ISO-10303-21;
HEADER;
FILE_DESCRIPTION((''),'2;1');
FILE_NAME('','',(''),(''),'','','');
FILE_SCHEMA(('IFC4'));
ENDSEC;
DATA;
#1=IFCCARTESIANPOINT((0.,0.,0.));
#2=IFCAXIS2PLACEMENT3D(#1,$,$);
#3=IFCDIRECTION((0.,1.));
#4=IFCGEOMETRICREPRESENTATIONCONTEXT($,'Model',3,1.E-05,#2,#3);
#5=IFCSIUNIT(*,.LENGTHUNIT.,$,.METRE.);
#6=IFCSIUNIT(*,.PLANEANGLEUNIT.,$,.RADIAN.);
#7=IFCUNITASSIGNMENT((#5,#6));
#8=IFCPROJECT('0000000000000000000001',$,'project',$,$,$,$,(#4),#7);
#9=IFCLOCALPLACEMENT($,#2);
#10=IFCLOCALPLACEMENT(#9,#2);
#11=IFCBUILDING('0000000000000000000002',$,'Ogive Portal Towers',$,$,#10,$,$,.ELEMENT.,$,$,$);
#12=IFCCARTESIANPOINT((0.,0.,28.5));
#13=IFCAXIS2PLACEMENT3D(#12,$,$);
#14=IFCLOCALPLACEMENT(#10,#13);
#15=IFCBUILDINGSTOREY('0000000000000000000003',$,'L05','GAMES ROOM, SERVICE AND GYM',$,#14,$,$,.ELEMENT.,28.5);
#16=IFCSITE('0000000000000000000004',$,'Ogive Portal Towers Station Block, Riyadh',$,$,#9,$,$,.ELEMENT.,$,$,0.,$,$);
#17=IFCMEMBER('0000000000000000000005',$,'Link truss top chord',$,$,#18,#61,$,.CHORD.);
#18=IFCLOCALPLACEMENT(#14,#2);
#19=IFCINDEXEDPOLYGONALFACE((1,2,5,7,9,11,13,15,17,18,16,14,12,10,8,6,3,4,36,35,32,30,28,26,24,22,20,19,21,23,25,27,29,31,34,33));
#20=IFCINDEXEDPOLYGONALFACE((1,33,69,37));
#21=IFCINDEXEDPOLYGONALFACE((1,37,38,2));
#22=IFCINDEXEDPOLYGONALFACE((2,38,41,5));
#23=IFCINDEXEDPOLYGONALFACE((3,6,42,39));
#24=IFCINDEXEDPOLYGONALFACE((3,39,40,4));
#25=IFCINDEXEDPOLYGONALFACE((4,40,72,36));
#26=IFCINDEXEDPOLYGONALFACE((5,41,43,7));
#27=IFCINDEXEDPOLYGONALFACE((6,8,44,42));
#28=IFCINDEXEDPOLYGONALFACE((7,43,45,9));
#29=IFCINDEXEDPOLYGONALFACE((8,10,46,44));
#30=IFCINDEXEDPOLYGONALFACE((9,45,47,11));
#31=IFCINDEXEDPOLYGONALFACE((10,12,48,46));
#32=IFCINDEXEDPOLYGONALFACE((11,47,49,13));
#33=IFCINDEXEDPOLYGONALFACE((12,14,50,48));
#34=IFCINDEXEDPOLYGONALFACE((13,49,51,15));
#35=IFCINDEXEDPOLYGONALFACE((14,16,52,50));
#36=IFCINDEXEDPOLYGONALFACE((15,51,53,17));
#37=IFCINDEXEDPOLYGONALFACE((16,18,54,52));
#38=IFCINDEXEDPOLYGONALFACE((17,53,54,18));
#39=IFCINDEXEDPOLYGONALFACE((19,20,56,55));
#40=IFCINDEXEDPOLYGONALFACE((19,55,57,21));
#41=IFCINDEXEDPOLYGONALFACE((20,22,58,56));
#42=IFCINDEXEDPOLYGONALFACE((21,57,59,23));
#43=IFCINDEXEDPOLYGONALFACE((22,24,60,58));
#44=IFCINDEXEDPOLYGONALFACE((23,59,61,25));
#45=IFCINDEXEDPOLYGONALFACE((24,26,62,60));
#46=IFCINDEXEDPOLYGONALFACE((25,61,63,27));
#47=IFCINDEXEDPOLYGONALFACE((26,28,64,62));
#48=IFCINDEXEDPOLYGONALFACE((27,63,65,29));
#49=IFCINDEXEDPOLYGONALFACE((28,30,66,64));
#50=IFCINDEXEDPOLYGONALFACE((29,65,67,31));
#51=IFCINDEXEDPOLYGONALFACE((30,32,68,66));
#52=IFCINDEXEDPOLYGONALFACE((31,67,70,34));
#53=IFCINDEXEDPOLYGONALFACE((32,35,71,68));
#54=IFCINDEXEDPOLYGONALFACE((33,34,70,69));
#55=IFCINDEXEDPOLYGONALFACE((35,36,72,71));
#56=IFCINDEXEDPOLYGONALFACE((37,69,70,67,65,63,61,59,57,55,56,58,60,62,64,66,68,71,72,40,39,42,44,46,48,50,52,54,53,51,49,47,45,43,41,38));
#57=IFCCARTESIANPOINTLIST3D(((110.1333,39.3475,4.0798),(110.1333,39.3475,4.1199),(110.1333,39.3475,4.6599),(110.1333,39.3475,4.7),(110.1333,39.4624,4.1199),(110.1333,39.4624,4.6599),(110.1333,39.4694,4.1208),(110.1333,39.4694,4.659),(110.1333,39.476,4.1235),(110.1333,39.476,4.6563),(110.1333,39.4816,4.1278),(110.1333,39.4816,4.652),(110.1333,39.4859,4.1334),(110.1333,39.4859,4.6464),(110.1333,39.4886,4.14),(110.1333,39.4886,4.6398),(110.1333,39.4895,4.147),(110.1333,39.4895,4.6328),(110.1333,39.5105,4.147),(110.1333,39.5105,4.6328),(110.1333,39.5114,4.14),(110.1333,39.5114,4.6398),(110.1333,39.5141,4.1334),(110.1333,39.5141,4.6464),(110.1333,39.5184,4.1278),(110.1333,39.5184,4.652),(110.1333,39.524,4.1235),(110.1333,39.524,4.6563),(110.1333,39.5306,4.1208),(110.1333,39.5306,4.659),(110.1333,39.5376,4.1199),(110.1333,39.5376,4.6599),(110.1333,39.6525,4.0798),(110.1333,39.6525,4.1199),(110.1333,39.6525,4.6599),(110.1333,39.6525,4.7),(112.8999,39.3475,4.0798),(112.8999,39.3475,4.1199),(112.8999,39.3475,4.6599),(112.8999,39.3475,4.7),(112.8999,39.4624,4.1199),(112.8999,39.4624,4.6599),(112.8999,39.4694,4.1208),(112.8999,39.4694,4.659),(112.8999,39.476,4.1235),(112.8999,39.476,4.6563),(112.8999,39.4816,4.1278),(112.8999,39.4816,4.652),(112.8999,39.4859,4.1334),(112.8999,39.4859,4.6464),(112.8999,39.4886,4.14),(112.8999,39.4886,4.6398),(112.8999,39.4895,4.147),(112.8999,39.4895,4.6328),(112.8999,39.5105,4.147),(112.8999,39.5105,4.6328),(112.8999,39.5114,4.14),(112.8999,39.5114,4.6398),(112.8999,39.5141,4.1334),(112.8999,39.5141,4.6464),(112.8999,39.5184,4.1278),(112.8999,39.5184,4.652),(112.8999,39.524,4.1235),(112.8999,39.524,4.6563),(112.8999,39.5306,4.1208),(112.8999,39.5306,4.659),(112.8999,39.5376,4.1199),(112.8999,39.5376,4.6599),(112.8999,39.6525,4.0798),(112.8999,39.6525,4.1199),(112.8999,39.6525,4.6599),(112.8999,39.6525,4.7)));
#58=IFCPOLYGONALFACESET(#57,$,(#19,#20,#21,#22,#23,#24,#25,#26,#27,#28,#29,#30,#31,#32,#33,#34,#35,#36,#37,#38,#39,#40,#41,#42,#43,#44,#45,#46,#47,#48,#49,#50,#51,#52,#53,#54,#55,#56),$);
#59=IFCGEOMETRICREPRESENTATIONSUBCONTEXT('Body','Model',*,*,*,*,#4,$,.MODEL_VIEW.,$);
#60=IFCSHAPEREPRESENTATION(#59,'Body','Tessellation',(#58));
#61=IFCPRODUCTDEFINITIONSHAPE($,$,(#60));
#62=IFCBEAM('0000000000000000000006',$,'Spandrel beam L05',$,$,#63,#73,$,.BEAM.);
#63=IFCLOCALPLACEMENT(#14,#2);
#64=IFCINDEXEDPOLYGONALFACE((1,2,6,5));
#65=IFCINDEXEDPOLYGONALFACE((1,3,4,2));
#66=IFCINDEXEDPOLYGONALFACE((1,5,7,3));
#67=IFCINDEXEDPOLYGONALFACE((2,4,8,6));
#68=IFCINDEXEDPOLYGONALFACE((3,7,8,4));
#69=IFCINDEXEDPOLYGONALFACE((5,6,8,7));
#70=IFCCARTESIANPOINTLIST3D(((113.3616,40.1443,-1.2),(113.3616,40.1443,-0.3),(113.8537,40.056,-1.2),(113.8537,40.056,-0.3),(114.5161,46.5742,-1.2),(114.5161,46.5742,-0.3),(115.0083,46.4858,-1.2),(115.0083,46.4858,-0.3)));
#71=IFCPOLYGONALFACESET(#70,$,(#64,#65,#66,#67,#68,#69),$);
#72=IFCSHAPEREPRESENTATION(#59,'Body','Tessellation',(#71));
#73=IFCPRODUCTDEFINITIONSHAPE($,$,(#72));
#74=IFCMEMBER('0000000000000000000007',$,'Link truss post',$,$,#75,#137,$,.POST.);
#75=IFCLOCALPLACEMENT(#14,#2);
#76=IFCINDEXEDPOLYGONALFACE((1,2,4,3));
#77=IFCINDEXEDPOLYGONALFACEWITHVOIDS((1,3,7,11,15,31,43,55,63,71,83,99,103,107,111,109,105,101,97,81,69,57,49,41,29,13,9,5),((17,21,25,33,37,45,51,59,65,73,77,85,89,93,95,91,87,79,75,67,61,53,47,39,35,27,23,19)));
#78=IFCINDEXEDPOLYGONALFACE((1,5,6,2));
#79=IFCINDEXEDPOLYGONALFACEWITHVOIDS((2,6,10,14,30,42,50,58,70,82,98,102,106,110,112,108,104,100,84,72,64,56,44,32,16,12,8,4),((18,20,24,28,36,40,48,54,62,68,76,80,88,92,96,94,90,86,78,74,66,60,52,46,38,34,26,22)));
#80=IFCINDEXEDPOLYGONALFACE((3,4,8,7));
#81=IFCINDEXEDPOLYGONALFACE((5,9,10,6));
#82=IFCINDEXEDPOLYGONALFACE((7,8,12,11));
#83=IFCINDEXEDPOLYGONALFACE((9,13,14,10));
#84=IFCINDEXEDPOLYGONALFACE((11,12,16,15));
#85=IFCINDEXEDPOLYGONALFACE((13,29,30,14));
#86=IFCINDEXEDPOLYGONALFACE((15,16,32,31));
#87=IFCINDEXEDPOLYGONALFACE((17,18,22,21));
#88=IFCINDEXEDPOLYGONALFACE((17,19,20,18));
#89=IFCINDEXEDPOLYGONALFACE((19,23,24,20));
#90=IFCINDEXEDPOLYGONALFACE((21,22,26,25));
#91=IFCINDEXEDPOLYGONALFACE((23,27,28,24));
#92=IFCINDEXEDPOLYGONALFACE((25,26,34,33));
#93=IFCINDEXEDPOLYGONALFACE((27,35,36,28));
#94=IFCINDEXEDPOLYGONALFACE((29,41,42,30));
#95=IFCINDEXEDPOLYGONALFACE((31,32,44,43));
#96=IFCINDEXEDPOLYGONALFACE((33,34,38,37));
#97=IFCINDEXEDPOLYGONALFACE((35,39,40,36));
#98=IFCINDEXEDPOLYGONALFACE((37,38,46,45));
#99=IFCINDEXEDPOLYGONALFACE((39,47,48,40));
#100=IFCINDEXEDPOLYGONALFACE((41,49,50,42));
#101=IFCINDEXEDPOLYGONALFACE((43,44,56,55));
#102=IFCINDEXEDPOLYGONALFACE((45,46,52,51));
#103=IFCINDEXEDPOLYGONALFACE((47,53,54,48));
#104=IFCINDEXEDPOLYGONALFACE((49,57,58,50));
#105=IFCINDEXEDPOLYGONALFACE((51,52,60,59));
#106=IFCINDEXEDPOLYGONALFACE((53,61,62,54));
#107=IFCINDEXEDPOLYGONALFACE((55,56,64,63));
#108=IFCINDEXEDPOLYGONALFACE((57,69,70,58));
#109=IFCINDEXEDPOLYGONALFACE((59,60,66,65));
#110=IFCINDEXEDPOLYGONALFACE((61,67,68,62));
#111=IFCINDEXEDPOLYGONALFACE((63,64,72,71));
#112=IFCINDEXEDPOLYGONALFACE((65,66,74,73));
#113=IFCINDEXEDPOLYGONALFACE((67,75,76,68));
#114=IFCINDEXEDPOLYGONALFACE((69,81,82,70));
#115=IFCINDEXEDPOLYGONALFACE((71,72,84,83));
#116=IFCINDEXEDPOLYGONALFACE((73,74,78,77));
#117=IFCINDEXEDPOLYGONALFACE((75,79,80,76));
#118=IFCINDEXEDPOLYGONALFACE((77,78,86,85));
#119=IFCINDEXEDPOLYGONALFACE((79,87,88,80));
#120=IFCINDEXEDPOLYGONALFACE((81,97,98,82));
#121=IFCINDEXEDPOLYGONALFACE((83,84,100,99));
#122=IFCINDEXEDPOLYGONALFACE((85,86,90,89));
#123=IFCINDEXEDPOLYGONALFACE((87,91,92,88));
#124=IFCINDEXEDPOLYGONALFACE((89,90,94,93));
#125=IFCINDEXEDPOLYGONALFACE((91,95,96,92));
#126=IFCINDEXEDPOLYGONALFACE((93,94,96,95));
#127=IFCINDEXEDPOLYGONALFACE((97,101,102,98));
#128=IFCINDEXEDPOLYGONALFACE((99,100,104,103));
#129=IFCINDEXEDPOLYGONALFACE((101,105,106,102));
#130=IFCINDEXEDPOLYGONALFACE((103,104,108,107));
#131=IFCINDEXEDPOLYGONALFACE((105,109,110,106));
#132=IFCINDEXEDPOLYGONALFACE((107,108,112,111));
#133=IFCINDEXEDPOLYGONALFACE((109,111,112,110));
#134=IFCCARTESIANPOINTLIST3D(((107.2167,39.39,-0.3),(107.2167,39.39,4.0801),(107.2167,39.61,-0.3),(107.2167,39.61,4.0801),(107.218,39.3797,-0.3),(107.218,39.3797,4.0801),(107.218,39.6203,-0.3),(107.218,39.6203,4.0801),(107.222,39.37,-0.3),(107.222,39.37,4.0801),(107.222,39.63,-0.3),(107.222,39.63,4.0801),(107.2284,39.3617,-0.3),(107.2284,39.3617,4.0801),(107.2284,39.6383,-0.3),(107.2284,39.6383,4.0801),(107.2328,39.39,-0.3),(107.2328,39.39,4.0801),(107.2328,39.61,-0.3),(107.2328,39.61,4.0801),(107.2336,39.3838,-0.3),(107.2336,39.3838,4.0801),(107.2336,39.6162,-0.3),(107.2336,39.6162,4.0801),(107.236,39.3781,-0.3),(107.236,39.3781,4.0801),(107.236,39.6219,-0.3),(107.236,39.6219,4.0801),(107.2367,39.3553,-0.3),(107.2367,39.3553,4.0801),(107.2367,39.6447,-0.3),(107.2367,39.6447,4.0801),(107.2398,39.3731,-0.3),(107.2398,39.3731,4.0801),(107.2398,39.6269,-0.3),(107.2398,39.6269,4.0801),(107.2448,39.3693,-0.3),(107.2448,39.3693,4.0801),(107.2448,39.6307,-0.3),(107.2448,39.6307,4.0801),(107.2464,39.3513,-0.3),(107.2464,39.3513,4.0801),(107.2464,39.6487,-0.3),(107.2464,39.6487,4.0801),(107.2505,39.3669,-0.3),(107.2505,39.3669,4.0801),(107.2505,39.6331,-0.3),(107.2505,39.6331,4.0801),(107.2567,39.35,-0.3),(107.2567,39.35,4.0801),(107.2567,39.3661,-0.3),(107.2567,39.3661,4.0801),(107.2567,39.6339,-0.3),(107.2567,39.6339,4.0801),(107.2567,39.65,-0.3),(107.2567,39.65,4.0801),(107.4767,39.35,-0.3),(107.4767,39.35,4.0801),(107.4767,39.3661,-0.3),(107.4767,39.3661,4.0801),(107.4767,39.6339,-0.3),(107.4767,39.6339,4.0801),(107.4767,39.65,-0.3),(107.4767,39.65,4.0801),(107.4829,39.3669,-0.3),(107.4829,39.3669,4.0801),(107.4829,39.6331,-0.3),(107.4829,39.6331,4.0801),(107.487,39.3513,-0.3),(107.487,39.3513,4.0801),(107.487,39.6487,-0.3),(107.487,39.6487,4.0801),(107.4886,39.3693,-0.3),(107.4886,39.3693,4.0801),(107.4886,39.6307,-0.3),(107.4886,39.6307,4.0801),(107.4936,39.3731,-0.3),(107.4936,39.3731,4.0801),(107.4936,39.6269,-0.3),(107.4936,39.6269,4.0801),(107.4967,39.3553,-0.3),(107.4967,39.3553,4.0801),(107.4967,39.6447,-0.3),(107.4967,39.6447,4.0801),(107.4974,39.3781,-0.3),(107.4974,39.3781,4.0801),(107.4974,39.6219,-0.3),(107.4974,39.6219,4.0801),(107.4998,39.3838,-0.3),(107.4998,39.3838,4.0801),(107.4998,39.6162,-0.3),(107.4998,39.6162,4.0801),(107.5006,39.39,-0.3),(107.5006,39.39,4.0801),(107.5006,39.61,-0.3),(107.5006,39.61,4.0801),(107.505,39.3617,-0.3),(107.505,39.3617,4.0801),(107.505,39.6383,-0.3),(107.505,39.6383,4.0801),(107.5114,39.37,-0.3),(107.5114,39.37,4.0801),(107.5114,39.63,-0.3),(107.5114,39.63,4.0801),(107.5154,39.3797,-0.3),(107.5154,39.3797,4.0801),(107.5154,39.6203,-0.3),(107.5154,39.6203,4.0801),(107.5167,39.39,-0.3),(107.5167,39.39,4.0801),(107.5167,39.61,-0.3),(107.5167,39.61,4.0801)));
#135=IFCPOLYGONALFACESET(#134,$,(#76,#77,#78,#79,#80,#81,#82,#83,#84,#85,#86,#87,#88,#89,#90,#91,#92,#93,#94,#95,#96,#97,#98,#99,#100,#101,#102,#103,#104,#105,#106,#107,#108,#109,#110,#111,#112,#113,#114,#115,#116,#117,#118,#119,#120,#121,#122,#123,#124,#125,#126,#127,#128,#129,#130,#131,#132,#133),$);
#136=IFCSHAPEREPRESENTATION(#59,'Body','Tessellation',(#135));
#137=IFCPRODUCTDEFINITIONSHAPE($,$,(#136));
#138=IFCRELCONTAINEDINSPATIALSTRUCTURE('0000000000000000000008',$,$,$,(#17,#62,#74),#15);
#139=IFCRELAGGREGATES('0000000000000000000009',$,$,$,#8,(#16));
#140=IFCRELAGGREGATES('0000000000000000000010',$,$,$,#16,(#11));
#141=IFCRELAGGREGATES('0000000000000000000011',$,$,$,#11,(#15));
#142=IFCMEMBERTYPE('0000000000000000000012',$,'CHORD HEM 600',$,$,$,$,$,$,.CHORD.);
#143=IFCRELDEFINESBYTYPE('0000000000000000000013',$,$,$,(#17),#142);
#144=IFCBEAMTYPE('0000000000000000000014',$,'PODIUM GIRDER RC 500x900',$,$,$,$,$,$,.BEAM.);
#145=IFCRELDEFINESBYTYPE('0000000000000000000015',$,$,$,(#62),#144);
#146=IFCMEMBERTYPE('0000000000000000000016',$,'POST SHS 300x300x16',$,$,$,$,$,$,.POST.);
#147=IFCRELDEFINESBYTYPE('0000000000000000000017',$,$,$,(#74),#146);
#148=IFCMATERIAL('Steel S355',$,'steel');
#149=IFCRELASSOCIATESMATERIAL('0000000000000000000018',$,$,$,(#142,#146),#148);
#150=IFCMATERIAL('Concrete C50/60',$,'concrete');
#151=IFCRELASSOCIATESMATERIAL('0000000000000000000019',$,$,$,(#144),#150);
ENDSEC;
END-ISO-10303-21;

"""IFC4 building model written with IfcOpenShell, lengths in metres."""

from ifc_helpers import new_model, si_unit, direction, frame, origin, origin_2d, place, context, subcontext, project, spatial, rectangle, hollow_rectangle, i_section, extrude, material, material_profile, profile_set, type_object, element, save


model = new_model("IFC4")

# Units and contexts
model_context = context("Model", 3, precision=1e-05, world=origin(), true_north=direction((0.0, 1.0)))
body_context = subcontext(model_context, "Body", "Model", "MODEL_VIEW")
ifc_project = project(units=[si_unit("LENGTHUNIT", "METRE"), si_unit("PLANEANGLEUNIT", "RADIAN")], contexts=[model_context])

# Site, building, storey
site_placement = place(None, origin())
site = spatial("IfcSite", under=ifc_project, at=site_placement, Name="Ogive Portal Towers Station Block, Riyadh", CompositionType="ELEMENT", RefElevation=0.0)
building_placement = place(site_placement, origin())
building = spatial("IfcBuilding", under=site, at=building_placement, Name="Ogive Portal Towers", CompositionType="ELEMENT")
storey_placement = place(building_placement, frame((0.0, 0.0, 28.5)))
storey = spatial("IfcBuildingStorey", under=building, at=storey_placement, Name="L05", Description="GAMES ROOM, SERVICE AND GYM", CompositionType="ELEMENT", Elevation=28.5)

# Shared definitions
ifc_material_1 = material(Name="Concrete C50/60", Category="concrete")

# Member
ifc_material_2 = material(Name="Steel S355", Category="steel")
ifc_material_profile_1 = material_profile(ifc_material_2, i_section(OverallWidth=0.3049, OverallDepth=0.6201, WebThickness=0.021, FlangeThickness=0.04, FilletRadius=0.0271, at=origin_2d()), Name="HEM 600")
ifc_profile_set_1 = profile_set([ifc_material_profile_1], Name="Steel S355")
member_type_1 = type_object("IfcMemberType", Name="CHORD HEM 600", PredefinedType="CHORD", material=ifc_profile_set_1)
for number, where, z_axis, x_axis, name in (
    (1, (110.1333, 39.5, 4.3899), (1.0, 0.0, 0.0), (0.0, 1.0, 0.0), "Link truss top chord"),
):
    element("IfcMember", number, at=place(storey_placement, frame(where, z_axis=z_axis, x_axis=x_axis)), inside=storey, type_object=member_type_1, Name=name, PredefinedType="CHORD", context=body_context, shape_type="SweptSolid", body=[
        extrude(i_section(OverallWidth=0.3049, OverallDepth=0.6201, WebThickness=0.021, FlangeThickness=0.04, FilletRadius=0.0271, at=origin_2d()), origin(), (0.0, 0.0, 1.0), 2.7666),
    ])

# Beam
ifc_material_profile_2 = material_profile(ifc_material_1, rectangle(XDim=0.5, YDim=0.8999, at=origin_2d()), Name="RC 500x900")
ifc_profile_set_2 = profile_set([ifc_material_profile_2], Name="Concrete C50/60")
beam_type = type_object("IfcBeamType", Name="PODIUM GIRDER RC 500x900", PredefinedType="BEAM", material=ifc_profile_set_2)
beam_placement = place(storey_placement, frame((114.7622, 46.53, -0.75), z_axis=(-0.176731, -0.984259, 0.0), x_axis=(0.984259, -0.176731, 0.0)))
element("IfcBeam", 2, at=beam_placement, inside=storey, type_object=beam_type, Name="Spandrel beam L05", PredefinedType="BEAM", context=body_context, shape_type="SweptSolid", body=[
    extrude(rectangle(XDim=0.5, YDim=0.8999, at=origin_2d()), origin(), (0.0, 0.0, 1.0), 6.5327),
])

# Member
ifc_material_profile_3 = material_profile(ifc_material_2, hollow_rectangle(XDim=0.3, YDim=0.3, WallThickness=0.0161, InnerFilletRadius=0.0239, OuterFilletRadius=0.04, at=origin_2d()), Name="SHS 300x300x16")
ifc_profile_set_3 = profile_set([ifc_material_profile_3], Name="Steel S355")
member_type_2 = type_object("IfcMemberType", Name="POST SHS 300x300x16", PredefinedType="POST", material=ifc_profile_set_3)
for number, where, z_axis, x_axis, name in (
    (3, (107.3667, 39.5, -0.3), (0.0, 0.0, 1.0), (1.0, 0.0, 0.0), "Link truss post"),
):
    element("IfcMember", number, at=place(storey_placement, frame(where, z_axis=z_axis, x_axis=x_axis)), inside=storey, type_object=member_type_2, Name=name, PredefinedType="POST", context=body_context, shape_type="SweptSolid", body=[
        extrude(hollow_rectangle(XDim=0.3, YDim=0.3, WallThickness=0.0161, InnerFilletRadius=0.0239, OuterFilletRadius=0.04, at=origin_2d()), origin(), (0.0, 0.0, 1.0), 4.3801),
    ])

save(model, "model.ifc")
